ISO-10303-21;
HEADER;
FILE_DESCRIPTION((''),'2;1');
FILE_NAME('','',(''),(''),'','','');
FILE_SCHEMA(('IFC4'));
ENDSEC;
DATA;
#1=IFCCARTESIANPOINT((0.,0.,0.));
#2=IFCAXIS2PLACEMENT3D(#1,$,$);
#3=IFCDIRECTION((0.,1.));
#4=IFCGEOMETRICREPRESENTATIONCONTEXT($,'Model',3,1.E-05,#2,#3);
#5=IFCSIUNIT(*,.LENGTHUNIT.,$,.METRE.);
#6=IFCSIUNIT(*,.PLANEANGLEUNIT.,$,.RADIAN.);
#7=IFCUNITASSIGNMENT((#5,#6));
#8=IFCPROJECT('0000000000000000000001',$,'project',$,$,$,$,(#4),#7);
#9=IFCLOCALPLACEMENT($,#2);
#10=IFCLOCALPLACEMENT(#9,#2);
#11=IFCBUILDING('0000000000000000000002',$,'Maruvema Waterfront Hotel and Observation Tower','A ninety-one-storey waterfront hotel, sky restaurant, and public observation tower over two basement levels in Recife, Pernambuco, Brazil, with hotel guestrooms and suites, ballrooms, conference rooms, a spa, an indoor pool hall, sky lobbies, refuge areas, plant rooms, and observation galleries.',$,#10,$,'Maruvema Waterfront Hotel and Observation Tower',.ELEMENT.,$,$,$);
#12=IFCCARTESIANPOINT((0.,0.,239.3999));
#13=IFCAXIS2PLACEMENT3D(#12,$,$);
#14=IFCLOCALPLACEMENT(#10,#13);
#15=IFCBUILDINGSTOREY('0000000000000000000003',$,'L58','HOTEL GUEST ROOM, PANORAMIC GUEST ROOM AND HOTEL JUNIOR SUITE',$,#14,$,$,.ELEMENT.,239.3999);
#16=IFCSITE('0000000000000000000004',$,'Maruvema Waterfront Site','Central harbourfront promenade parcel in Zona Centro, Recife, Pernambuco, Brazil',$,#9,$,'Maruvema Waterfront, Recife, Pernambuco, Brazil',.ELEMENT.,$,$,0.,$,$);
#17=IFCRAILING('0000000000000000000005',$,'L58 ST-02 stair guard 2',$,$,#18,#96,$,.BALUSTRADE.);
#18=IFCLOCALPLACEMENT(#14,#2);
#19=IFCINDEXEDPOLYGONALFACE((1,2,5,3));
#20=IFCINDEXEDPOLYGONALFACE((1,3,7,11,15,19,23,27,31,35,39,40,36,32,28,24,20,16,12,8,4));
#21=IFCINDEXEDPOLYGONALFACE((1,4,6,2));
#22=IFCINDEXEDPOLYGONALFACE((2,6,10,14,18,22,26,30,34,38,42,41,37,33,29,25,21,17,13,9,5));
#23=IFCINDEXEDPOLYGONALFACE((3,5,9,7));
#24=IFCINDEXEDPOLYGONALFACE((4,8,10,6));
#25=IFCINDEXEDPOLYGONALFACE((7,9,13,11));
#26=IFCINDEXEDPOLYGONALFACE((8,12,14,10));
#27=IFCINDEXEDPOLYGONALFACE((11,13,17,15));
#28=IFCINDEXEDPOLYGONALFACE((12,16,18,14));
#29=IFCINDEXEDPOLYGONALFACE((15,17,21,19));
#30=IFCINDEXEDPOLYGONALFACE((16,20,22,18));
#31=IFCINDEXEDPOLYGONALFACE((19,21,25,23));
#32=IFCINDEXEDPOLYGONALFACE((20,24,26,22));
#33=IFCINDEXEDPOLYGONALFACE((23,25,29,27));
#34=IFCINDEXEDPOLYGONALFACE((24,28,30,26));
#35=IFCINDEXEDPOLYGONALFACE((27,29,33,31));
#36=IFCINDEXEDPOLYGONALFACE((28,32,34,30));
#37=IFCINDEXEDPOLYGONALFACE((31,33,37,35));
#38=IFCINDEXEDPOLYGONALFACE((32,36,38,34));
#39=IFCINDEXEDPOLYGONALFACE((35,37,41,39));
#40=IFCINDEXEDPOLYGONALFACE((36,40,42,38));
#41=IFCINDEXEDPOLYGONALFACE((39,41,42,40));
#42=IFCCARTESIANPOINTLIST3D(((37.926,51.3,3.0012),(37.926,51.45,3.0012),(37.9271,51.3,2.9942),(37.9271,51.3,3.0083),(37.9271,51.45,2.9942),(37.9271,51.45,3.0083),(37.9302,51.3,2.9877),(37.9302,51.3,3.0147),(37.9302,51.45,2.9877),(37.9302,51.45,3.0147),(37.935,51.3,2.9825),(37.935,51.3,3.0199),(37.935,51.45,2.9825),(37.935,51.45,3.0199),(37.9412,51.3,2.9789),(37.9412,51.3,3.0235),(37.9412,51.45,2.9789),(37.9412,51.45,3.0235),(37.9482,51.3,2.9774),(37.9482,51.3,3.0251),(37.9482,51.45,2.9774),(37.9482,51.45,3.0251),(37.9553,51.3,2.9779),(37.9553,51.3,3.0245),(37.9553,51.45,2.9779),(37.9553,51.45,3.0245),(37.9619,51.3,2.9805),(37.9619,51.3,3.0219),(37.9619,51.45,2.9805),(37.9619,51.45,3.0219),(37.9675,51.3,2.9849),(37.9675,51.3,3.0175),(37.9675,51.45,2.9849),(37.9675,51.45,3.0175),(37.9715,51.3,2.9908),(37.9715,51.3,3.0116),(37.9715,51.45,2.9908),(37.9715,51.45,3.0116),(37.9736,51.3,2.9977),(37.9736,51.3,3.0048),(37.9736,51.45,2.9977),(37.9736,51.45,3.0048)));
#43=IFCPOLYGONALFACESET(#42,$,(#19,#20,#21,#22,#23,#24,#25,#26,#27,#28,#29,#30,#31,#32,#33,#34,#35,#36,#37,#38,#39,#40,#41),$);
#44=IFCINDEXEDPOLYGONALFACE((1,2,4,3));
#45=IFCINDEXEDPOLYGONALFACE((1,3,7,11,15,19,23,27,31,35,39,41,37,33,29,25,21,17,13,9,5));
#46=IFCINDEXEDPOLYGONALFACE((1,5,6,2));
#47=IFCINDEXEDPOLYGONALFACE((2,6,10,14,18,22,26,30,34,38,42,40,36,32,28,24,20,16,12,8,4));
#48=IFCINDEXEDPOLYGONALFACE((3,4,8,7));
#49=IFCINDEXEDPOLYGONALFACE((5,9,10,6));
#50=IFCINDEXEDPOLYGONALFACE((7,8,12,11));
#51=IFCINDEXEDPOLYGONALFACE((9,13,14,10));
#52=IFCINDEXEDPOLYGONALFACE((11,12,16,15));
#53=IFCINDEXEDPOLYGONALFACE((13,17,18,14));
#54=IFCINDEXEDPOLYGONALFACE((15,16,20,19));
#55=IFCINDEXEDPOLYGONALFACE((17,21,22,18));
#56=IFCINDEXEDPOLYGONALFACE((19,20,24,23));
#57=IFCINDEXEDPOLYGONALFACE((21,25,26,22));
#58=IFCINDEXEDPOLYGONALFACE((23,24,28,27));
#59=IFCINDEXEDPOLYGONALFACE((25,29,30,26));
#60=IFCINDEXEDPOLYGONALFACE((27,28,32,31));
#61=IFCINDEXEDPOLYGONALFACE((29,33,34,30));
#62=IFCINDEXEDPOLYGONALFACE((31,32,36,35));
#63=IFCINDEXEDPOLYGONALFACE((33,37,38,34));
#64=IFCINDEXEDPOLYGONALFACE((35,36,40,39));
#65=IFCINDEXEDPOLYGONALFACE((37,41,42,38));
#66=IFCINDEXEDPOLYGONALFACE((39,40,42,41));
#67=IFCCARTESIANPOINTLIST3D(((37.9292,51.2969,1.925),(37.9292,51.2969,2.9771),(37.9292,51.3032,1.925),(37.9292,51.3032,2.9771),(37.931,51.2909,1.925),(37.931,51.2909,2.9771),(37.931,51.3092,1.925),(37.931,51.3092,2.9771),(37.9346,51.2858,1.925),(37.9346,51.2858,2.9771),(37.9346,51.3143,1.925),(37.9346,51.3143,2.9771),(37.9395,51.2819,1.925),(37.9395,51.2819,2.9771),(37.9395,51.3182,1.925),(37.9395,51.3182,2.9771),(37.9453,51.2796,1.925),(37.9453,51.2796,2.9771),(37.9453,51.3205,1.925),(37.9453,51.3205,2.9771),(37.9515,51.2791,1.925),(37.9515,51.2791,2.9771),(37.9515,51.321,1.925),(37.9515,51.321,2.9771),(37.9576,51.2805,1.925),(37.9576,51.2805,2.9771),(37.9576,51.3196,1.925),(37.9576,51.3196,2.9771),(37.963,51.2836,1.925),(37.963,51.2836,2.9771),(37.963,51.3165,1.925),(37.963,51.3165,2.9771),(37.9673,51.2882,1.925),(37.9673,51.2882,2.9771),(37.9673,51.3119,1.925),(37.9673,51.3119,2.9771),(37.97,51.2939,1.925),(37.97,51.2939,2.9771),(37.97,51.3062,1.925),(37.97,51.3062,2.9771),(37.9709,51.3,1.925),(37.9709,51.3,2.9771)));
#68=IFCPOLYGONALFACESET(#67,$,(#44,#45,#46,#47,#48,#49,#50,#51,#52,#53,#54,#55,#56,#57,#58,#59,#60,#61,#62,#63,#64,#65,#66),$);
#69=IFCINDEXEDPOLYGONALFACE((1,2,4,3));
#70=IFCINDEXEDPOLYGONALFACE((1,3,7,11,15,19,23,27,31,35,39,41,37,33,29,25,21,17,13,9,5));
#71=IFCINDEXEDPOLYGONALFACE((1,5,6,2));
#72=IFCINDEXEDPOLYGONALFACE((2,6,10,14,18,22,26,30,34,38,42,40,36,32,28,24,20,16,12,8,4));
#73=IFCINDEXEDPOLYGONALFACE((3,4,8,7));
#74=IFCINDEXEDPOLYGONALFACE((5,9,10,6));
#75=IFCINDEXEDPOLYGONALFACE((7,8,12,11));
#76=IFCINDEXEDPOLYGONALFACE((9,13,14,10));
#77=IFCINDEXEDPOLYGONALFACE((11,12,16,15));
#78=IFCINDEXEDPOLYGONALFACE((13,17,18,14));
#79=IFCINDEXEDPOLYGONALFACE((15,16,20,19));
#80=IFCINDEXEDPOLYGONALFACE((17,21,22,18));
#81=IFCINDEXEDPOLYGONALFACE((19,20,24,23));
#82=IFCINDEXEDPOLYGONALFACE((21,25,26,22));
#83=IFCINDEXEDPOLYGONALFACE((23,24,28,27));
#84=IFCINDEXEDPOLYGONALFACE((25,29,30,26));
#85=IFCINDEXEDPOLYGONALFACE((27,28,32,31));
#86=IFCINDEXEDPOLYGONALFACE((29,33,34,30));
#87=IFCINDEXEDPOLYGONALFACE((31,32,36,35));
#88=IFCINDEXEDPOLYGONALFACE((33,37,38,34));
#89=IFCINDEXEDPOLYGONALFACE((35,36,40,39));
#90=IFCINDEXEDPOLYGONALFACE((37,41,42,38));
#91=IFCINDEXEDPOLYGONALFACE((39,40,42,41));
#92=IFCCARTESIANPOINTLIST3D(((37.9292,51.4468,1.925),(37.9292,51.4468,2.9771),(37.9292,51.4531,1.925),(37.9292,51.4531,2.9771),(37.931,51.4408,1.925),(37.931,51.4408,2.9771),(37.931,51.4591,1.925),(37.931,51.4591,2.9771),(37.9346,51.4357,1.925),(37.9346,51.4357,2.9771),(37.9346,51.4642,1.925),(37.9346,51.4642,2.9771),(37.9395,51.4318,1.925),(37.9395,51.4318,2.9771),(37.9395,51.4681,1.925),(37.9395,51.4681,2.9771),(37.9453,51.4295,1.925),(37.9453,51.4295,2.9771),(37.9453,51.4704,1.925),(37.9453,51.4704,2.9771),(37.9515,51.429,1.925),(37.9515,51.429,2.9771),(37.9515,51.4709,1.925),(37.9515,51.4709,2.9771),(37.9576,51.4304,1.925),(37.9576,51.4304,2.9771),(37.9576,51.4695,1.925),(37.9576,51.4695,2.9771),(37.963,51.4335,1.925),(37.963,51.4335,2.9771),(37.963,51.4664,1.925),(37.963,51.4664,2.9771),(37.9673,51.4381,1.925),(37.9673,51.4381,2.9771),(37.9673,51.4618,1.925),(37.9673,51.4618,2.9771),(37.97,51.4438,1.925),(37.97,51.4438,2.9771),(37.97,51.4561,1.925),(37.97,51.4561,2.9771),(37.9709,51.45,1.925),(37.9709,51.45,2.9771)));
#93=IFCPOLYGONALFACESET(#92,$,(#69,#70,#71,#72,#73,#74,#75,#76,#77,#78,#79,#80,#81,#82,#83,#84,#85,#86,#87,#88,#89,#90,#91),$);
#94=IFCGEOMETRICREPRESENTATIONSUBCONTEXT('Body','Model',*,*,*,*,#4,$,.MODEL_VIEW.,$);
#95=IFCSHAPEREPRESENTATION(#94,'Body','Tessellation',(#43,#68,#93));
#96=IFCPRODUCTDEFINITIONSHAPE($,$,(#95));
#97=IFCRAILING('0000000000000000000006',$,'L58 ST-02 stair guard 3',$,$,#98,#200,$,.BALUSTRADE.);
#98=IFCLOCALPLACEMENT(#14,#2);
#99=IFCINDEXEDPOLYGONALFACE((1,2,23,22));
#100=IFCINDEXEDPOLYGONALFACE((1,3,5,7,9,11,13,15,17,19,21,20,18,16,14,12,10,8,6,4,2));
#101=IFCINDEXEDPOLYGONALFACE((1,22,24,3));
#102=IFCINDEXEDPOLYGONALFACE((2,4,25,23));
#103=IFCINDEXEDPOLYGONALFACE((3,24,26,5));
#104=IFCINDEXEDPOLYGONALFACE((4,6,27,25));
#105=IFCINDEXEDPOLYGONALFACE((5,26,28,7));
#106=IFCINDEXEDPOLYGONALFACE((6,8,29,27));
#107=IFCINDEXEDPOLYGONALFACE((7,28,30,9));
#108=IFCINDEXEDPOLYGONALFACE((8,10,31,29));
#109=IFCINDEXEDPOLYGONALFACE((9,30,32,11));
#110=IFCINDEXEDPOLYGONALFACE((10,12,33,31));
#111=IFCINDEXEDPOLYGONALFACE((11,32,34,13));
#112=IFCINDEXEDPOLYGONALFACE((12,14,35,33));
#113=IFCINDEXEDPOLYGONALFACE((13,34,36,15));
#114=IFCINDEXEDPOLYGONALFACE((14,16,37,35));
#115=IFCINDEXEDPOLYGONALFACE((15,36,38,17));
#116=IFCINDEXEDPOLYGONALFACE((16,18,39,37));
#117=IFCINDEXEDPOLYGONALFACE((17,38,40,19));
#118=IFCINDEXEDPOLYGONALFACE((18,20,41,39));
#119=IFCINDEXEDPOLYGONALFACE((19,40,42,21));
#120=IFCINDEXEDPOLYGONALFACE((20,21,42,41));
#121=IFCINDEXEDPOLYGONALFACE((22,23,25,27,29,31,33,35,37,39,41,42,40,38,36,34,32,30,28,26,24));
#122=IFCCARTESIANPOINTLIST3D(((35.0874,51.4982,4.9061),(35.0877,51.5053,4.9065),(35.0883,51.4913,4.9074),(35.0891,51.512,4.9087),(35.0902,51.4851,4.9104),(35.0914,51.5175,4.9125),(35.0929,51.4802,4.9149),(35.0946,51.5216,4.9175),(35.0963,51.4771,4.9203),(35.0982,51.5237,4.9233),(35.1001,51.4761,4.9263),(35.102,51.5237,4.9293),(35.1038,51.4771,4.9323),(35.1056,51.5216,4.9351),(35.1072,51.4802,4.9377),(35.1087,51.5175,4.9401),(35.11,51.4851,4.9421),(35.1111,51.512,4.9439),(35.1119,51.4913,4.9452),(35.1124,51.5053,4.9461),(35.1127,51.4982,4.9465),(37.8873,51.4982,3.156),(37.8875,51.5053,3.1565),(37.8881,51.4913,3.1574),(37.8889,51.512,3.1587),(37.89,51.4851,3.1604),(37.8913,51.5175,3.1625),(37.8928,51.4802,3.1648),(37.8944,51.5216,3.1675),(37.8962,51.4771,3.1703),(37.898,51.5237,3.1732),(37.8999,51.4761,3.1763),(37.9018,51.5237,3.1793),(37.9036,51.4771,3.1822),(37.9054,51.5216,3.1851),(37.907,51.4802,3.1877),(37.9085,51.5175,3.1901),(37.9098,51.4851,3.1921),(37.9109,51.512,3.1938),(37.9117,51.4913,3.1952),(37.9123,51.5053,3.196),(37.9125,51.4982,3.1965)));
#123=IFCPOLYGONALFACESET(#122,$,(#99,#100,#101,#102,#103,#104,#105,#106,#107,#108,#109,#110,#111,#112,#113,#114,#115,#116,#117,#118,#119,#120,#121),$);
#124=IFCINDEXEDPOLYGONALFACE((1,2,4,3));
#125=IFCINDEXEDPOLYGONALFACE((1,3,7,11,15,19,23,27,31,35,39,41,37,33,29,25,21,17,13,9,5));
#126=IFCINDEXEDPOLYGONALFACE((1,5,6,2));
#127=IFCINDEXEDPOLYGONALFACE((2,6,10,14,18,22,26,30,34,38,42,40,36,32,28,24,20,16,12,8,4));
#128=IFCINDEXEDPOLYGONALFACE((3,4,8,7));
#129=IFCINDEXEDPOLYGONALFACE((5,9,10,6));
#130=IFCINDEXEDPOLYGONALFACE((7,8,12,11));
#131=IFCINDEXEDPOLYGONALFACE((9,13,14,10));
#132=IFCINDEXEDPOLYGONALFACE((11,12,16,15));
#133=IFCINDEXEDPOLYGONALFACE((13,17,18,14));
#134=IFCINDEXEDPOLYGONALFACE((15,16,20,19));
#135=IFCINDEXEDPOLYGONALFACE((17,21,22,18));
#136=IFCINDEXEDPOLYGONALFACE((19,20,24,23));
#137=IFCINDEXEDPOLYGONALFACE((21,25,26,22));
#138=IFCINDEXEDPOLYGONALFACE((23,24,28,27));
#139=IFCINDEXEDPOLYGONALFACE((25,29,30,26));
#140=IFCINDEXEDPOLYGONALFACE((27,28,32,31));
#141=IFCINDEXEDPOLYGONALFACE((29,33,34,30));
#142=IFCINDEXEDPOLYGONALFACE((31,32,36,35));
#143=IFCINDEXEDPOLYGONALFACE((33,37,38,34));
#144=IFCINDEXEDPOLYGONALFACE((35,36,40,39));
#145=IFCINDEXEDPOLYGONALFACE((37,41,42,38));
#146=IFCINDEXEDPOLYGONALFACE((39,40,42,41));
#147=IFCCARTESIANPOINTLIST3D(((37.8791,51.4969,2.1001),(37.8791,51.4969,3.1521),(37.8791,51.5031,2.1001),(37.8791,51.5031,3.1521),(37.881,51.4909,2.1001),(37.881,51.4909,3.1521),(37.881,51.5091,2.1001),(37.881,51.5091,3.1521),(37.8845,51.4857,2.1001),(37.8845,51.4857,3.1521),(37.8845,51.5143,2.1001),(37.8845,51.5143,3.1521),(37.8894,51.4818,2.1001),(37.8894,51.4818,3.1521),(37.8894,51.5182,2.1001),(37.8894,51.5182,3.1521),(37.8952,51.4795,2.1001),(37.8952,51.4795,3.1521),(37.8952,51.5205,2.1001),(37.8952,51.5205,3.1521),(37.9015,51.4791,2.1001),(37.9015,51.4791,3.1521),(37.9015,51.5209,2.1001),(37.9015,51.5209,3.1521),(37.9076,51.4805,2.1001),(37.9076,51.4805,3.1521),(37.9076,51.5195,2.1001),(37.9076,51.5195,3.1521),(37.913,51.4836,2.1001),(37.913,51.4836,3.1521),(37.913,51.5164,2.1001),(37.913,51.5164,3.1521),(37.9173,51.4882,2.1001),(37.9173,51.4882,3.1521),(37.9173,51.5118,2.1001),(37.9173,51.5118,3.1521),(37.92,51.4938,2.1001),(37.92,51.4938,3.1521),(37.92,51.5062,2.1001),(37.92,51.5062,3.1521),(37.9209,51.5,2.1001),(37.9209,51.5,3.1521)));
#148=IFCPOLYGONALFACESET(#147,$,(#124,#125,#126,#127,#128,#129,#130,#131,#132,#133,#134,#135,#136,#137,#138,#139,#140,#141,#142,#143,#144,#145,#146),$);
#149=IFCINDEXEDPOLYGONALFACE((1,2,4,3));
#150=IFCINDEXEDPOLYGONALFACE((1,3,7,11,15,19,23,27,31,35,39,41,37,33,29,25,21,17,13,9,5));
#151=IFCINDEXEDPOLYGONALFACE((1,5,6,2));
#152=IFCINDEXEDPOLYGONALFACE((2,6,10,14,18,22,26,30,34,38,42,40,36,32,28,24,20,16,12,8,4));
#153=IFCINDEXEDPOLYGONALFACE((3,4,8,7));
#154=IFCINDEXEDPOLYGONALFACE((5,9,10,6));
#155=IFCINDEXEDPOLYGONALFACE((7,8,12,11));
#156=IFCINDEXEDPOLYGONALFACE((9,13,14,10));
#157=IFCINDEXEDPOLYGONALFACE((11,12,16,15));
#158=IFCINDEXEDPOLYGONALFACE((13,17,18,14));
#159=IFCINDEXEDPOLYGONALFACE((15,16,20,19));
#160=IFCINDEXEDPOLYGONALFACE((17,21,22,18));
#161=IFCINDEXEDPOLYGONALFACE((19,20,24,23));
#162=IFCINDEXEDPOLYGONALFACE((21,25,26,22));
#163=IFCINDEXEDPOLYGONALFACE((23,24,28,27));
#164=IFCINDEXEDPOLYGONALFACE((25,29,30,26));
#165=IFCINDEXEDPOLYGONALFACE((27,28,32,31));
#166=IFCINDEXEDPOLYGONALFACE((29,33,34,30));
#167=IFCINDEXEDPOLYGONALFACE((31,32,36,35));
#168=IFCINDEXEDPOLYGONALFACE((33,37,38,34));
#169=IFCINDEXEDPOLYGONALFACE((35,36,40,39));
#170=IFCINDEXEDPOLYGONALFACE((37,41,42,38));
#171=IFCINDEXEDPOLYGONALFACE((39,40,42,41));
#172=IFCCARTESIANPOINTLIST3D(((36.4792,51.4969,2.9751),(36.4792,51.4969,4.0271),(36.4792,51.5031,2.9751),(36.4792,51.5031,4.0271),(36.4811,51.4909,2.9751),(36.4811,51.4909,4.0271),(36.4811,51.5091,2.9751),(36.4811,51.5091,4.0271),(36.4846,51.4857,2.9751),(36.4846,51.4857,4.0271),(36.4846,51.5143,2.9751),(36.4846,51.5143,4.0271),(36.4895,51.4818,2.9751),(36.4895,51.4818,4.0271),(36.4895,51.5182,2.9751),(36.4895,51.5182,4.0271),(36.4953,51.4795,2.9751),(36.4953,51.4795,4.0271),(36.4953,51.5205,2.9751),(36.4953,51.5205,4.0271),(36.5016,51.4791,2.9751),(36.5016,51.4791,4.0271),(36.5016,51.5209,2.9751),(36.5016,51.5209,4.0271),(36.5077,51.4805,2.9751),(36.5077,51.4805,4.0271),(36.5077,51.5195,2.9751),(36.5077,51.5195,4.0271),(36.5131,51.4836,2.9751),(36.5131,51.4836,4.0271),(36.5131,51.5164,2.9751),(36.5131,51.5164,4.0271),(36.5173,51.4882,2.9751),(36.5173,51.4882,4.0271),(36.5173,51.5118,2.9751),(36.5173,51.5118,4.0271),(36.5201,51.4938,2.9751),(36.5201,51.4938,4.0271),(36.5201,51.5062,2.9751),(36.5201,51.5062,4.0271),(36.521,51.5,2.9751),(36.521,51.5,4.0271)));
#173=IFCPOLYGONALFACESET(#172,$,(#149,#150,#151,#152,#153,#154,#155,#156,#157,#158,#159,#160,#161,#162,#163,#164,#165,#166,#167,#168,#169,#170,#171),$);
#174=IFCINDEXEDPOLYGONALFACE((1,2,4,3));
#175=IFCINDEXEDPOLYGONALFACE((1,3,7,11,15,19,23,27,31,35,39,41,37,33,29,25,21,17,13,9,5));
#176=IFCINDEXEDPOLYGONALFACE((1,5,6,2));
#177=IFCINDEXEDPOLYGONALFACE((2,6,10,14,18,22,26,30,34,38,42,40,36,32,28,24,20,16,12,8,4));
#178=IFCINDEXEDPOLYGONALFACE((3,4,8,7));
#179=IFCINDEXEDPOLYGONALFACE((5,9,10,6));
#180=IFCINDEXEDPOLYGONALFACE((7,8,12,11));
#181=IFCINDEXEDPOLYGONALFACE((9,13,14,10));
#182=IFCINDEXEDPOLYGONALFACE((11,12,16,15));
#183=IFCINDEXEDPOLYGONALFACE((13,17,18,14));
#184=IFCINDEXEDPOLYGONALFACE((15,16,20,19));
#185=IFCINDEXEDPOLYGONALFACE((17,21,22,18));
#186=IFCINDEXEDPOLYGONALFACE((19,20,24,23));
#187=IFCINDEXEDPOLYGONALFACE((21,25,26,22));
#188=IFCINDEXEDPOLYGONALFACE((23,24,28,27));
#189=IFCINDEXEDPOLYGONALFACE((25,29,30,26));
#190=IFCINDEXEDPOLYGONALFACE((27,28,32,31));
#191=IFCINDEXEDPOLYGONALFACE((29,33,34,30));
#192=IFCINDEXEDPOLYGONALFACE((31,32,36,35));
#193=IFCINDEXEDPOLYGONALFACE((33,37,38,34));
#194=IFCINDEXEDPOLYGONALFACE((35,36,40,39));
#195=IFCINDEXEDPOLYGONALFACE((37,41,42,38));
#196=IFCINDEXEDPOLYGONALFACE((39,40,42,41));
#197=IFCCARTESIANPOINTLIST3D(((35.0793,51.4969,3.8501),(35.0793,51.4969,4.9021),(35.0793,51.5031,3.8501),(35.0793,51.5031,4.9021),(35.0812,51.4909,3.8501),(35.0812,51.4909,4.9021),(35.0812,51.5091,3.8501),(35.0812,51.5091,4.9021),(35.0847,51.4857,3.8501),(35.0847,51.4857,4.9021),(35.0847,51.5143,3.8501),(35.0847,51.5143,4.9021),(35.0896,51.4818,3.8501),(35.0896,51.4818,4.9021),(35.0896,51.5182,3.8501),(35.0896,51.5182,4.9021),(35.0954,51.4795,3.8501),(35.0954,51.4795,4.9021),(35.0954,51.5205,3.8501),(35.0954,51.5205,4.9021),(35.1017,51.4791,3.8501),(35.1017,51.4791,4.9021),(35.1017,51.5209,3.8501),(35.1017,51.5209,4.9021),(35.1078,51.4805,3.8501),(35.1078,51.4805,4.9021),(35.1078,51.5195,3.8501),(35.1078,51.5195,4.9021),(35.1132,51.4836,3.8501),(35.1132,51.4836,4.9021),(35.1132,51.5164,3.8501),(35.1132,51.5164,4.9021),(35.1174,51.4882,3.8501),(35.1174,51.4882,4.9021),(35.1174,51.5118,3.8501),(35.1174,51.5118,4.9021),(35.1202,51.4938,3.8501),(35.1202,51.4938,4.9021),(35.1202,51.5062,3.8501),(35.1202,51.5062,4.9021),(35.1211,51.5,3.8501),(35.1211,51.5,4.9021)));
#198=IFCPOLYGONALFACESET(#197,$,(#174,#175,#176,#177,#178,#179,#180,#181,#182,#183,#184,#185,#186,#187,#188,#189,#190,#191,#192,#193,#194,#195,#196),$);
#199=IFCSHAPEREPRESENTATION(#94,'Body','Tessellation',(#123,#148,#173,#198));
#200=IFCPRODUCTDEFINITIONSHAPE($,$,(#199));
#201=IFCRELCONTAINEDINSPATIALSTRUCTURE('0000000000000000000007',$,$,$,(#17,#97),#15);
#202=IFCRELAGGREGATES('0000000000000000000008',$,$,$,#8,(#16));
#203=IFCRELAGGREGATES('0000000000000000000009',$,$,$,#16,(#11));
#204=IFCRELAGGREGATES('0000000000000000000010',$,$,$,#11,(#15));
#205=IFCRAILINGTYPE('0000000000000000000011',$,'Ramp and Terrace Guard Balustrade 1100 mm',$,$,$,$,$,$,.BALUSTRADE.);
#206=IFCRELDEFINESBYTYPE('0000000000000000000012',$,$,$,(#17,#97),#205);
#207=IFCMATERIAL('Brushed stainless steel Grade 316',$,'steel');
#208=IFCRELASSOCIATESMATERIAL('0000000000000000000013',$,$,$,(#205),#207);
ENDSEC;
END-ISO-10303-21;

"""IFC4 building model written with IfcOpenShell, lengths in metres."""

from ifc_helpers import new_model, si_unit, direction, frame, origin, origin_2d, place, context, subcontext, project, spatial, circle, extrude, material, type_object, element, save


model = new_model("IFC4")

# Units and contexts
model_context = context("Model", 3, precision=1e-05, world=origin(), true_north=direction((0.0, 1.0)))
body_context = subcontext(model_context, "Body", "Model", "MODEL_VIEW")
ifc_project = project(units=[si_unit("LENGTHUNIT", "METRE"), si_unit("PLANEANGLEUNIT", "RADIAN")], contexts=[model_context])

# Site, building, storey
site_placement = place(None, origin())
site = spatial("IfcSite", under=ifc_project, at=site_placement, Name="Maruvema Waterfront Site", Description="Central harbourfront promenade parcel in Zona Centro, Recife, Pernambuco, Brazil", LongName="Maruvema Waterfront, Recife, Pernambuco, Brazil", CompositionType="ELEMENT", RefElevation=0.0)
building_placement = place(site_placement, origin())
building = spatial("IfcBuilding", under=site, at=building_placement, Name="Maruvema Waterfront Hotel and Observation Tower", Description="A ninety-one-storey waterfront hotel, sky restaurant, and public observation tower over two basement levels in Recife, Pernambuco, Brazil, with hotel guestrooms and suites, ballrooms, conference rooms, a spa, an indoor pool hall, sky lobbies, refuge areas, plant rooms, and observation galleries.", LongName="Maruvema Waterfront Hotel and Observation Tower", CompositionType="ELEMENT")
storey_placement = place(building_placement, frame((0.0, 0.0, 239.3999)))
storey = spatial("IfcBuildingStorey", under=building, at=storey_placement, Name="L58", Description="HOTEL GUEST ROOM, PANORAMIC GUEST ROOM AND HOTEL JUNIOR SUITE", CompositionType="ELEMENT", Elevation=239.3999)

# Railings
ifc_material_1 = material(Name="Brushed stainless steel Grade 316", Category="steel")
railing_type_1 = type_object("IfcRailingType", Name="Ramp and Terrace Guard Balustrade 1100 mm", PredefinedType="BALUSTRADE", material=ifc_material_1)
railing_1_placement = place(storey_placement, frame((37.95, 51.3, 1.925)))
element("IfcRailing", 1, at=railing_1_placement, inside=storey, type_object=railing_type_1, Name="L58 ST-02 stair guard 2", PredefinedType="BALUSTRADE", context=body_context, shape_type="SweptSolid", body=[
    extrude(circle(Radius=0.0239, at=origin_2d()), frame((0.0, 0.0, 1.0762), z_axis=(0.0, 1.0, 0.0), x_axis=(-1.0, 0.0, 0.0)), (0.0, 0.0, 1.0), 0.1499),
    extrude(circle(Radius=0.021, at=origin_2d()), origin(), (0.0, 0.0, 1.0), 1.052),
    extrude(circle(Radius=0.021, at=origin_2d()), frame((0.0, 0.1499, 0.0)), (0.0, 0.0, 1.0), 1.052),
])
railing_2_placement = place(storey_placement, frame((37.8999, 51.5, 2.1001)))
element("IfcRailing", 2, at=railing_2_placement, inside=storey, type_object=railing_type_1, Name="L58 ST-02 stair guard 3", PredefinedType="BALUSTRADE", context=body_context, shape_type="SweptSolid", body=[
    extrude(circle(Radius=0.0239, at=origin_2d()), frame((0.0, 0.0, 1.0762), z_axis=(-0.847982, 0.0, 0.530026), x_axis=(0.0, -1.0, 0.0)), (0.0, 0.0, 1.0), 3.3018),
    extrude(circle(Radius=0.021, at=origin_2d()), origin(), (0.0, 0.0, 1.0), 1.052),
    extrude(circle(Radius=0.021, at=origin_2d()), frame((-1.3999, 0.0, 0.875)), (0.0, 0.0, 1.0), 1.052),
    extrude(circle(Radius=0.021, at=origin_2d()), frame((-2.7998, 0.0, 1.75)), (0.0, 0.0, 1.0), 1.052),
])

save(model, "model.ifc")
